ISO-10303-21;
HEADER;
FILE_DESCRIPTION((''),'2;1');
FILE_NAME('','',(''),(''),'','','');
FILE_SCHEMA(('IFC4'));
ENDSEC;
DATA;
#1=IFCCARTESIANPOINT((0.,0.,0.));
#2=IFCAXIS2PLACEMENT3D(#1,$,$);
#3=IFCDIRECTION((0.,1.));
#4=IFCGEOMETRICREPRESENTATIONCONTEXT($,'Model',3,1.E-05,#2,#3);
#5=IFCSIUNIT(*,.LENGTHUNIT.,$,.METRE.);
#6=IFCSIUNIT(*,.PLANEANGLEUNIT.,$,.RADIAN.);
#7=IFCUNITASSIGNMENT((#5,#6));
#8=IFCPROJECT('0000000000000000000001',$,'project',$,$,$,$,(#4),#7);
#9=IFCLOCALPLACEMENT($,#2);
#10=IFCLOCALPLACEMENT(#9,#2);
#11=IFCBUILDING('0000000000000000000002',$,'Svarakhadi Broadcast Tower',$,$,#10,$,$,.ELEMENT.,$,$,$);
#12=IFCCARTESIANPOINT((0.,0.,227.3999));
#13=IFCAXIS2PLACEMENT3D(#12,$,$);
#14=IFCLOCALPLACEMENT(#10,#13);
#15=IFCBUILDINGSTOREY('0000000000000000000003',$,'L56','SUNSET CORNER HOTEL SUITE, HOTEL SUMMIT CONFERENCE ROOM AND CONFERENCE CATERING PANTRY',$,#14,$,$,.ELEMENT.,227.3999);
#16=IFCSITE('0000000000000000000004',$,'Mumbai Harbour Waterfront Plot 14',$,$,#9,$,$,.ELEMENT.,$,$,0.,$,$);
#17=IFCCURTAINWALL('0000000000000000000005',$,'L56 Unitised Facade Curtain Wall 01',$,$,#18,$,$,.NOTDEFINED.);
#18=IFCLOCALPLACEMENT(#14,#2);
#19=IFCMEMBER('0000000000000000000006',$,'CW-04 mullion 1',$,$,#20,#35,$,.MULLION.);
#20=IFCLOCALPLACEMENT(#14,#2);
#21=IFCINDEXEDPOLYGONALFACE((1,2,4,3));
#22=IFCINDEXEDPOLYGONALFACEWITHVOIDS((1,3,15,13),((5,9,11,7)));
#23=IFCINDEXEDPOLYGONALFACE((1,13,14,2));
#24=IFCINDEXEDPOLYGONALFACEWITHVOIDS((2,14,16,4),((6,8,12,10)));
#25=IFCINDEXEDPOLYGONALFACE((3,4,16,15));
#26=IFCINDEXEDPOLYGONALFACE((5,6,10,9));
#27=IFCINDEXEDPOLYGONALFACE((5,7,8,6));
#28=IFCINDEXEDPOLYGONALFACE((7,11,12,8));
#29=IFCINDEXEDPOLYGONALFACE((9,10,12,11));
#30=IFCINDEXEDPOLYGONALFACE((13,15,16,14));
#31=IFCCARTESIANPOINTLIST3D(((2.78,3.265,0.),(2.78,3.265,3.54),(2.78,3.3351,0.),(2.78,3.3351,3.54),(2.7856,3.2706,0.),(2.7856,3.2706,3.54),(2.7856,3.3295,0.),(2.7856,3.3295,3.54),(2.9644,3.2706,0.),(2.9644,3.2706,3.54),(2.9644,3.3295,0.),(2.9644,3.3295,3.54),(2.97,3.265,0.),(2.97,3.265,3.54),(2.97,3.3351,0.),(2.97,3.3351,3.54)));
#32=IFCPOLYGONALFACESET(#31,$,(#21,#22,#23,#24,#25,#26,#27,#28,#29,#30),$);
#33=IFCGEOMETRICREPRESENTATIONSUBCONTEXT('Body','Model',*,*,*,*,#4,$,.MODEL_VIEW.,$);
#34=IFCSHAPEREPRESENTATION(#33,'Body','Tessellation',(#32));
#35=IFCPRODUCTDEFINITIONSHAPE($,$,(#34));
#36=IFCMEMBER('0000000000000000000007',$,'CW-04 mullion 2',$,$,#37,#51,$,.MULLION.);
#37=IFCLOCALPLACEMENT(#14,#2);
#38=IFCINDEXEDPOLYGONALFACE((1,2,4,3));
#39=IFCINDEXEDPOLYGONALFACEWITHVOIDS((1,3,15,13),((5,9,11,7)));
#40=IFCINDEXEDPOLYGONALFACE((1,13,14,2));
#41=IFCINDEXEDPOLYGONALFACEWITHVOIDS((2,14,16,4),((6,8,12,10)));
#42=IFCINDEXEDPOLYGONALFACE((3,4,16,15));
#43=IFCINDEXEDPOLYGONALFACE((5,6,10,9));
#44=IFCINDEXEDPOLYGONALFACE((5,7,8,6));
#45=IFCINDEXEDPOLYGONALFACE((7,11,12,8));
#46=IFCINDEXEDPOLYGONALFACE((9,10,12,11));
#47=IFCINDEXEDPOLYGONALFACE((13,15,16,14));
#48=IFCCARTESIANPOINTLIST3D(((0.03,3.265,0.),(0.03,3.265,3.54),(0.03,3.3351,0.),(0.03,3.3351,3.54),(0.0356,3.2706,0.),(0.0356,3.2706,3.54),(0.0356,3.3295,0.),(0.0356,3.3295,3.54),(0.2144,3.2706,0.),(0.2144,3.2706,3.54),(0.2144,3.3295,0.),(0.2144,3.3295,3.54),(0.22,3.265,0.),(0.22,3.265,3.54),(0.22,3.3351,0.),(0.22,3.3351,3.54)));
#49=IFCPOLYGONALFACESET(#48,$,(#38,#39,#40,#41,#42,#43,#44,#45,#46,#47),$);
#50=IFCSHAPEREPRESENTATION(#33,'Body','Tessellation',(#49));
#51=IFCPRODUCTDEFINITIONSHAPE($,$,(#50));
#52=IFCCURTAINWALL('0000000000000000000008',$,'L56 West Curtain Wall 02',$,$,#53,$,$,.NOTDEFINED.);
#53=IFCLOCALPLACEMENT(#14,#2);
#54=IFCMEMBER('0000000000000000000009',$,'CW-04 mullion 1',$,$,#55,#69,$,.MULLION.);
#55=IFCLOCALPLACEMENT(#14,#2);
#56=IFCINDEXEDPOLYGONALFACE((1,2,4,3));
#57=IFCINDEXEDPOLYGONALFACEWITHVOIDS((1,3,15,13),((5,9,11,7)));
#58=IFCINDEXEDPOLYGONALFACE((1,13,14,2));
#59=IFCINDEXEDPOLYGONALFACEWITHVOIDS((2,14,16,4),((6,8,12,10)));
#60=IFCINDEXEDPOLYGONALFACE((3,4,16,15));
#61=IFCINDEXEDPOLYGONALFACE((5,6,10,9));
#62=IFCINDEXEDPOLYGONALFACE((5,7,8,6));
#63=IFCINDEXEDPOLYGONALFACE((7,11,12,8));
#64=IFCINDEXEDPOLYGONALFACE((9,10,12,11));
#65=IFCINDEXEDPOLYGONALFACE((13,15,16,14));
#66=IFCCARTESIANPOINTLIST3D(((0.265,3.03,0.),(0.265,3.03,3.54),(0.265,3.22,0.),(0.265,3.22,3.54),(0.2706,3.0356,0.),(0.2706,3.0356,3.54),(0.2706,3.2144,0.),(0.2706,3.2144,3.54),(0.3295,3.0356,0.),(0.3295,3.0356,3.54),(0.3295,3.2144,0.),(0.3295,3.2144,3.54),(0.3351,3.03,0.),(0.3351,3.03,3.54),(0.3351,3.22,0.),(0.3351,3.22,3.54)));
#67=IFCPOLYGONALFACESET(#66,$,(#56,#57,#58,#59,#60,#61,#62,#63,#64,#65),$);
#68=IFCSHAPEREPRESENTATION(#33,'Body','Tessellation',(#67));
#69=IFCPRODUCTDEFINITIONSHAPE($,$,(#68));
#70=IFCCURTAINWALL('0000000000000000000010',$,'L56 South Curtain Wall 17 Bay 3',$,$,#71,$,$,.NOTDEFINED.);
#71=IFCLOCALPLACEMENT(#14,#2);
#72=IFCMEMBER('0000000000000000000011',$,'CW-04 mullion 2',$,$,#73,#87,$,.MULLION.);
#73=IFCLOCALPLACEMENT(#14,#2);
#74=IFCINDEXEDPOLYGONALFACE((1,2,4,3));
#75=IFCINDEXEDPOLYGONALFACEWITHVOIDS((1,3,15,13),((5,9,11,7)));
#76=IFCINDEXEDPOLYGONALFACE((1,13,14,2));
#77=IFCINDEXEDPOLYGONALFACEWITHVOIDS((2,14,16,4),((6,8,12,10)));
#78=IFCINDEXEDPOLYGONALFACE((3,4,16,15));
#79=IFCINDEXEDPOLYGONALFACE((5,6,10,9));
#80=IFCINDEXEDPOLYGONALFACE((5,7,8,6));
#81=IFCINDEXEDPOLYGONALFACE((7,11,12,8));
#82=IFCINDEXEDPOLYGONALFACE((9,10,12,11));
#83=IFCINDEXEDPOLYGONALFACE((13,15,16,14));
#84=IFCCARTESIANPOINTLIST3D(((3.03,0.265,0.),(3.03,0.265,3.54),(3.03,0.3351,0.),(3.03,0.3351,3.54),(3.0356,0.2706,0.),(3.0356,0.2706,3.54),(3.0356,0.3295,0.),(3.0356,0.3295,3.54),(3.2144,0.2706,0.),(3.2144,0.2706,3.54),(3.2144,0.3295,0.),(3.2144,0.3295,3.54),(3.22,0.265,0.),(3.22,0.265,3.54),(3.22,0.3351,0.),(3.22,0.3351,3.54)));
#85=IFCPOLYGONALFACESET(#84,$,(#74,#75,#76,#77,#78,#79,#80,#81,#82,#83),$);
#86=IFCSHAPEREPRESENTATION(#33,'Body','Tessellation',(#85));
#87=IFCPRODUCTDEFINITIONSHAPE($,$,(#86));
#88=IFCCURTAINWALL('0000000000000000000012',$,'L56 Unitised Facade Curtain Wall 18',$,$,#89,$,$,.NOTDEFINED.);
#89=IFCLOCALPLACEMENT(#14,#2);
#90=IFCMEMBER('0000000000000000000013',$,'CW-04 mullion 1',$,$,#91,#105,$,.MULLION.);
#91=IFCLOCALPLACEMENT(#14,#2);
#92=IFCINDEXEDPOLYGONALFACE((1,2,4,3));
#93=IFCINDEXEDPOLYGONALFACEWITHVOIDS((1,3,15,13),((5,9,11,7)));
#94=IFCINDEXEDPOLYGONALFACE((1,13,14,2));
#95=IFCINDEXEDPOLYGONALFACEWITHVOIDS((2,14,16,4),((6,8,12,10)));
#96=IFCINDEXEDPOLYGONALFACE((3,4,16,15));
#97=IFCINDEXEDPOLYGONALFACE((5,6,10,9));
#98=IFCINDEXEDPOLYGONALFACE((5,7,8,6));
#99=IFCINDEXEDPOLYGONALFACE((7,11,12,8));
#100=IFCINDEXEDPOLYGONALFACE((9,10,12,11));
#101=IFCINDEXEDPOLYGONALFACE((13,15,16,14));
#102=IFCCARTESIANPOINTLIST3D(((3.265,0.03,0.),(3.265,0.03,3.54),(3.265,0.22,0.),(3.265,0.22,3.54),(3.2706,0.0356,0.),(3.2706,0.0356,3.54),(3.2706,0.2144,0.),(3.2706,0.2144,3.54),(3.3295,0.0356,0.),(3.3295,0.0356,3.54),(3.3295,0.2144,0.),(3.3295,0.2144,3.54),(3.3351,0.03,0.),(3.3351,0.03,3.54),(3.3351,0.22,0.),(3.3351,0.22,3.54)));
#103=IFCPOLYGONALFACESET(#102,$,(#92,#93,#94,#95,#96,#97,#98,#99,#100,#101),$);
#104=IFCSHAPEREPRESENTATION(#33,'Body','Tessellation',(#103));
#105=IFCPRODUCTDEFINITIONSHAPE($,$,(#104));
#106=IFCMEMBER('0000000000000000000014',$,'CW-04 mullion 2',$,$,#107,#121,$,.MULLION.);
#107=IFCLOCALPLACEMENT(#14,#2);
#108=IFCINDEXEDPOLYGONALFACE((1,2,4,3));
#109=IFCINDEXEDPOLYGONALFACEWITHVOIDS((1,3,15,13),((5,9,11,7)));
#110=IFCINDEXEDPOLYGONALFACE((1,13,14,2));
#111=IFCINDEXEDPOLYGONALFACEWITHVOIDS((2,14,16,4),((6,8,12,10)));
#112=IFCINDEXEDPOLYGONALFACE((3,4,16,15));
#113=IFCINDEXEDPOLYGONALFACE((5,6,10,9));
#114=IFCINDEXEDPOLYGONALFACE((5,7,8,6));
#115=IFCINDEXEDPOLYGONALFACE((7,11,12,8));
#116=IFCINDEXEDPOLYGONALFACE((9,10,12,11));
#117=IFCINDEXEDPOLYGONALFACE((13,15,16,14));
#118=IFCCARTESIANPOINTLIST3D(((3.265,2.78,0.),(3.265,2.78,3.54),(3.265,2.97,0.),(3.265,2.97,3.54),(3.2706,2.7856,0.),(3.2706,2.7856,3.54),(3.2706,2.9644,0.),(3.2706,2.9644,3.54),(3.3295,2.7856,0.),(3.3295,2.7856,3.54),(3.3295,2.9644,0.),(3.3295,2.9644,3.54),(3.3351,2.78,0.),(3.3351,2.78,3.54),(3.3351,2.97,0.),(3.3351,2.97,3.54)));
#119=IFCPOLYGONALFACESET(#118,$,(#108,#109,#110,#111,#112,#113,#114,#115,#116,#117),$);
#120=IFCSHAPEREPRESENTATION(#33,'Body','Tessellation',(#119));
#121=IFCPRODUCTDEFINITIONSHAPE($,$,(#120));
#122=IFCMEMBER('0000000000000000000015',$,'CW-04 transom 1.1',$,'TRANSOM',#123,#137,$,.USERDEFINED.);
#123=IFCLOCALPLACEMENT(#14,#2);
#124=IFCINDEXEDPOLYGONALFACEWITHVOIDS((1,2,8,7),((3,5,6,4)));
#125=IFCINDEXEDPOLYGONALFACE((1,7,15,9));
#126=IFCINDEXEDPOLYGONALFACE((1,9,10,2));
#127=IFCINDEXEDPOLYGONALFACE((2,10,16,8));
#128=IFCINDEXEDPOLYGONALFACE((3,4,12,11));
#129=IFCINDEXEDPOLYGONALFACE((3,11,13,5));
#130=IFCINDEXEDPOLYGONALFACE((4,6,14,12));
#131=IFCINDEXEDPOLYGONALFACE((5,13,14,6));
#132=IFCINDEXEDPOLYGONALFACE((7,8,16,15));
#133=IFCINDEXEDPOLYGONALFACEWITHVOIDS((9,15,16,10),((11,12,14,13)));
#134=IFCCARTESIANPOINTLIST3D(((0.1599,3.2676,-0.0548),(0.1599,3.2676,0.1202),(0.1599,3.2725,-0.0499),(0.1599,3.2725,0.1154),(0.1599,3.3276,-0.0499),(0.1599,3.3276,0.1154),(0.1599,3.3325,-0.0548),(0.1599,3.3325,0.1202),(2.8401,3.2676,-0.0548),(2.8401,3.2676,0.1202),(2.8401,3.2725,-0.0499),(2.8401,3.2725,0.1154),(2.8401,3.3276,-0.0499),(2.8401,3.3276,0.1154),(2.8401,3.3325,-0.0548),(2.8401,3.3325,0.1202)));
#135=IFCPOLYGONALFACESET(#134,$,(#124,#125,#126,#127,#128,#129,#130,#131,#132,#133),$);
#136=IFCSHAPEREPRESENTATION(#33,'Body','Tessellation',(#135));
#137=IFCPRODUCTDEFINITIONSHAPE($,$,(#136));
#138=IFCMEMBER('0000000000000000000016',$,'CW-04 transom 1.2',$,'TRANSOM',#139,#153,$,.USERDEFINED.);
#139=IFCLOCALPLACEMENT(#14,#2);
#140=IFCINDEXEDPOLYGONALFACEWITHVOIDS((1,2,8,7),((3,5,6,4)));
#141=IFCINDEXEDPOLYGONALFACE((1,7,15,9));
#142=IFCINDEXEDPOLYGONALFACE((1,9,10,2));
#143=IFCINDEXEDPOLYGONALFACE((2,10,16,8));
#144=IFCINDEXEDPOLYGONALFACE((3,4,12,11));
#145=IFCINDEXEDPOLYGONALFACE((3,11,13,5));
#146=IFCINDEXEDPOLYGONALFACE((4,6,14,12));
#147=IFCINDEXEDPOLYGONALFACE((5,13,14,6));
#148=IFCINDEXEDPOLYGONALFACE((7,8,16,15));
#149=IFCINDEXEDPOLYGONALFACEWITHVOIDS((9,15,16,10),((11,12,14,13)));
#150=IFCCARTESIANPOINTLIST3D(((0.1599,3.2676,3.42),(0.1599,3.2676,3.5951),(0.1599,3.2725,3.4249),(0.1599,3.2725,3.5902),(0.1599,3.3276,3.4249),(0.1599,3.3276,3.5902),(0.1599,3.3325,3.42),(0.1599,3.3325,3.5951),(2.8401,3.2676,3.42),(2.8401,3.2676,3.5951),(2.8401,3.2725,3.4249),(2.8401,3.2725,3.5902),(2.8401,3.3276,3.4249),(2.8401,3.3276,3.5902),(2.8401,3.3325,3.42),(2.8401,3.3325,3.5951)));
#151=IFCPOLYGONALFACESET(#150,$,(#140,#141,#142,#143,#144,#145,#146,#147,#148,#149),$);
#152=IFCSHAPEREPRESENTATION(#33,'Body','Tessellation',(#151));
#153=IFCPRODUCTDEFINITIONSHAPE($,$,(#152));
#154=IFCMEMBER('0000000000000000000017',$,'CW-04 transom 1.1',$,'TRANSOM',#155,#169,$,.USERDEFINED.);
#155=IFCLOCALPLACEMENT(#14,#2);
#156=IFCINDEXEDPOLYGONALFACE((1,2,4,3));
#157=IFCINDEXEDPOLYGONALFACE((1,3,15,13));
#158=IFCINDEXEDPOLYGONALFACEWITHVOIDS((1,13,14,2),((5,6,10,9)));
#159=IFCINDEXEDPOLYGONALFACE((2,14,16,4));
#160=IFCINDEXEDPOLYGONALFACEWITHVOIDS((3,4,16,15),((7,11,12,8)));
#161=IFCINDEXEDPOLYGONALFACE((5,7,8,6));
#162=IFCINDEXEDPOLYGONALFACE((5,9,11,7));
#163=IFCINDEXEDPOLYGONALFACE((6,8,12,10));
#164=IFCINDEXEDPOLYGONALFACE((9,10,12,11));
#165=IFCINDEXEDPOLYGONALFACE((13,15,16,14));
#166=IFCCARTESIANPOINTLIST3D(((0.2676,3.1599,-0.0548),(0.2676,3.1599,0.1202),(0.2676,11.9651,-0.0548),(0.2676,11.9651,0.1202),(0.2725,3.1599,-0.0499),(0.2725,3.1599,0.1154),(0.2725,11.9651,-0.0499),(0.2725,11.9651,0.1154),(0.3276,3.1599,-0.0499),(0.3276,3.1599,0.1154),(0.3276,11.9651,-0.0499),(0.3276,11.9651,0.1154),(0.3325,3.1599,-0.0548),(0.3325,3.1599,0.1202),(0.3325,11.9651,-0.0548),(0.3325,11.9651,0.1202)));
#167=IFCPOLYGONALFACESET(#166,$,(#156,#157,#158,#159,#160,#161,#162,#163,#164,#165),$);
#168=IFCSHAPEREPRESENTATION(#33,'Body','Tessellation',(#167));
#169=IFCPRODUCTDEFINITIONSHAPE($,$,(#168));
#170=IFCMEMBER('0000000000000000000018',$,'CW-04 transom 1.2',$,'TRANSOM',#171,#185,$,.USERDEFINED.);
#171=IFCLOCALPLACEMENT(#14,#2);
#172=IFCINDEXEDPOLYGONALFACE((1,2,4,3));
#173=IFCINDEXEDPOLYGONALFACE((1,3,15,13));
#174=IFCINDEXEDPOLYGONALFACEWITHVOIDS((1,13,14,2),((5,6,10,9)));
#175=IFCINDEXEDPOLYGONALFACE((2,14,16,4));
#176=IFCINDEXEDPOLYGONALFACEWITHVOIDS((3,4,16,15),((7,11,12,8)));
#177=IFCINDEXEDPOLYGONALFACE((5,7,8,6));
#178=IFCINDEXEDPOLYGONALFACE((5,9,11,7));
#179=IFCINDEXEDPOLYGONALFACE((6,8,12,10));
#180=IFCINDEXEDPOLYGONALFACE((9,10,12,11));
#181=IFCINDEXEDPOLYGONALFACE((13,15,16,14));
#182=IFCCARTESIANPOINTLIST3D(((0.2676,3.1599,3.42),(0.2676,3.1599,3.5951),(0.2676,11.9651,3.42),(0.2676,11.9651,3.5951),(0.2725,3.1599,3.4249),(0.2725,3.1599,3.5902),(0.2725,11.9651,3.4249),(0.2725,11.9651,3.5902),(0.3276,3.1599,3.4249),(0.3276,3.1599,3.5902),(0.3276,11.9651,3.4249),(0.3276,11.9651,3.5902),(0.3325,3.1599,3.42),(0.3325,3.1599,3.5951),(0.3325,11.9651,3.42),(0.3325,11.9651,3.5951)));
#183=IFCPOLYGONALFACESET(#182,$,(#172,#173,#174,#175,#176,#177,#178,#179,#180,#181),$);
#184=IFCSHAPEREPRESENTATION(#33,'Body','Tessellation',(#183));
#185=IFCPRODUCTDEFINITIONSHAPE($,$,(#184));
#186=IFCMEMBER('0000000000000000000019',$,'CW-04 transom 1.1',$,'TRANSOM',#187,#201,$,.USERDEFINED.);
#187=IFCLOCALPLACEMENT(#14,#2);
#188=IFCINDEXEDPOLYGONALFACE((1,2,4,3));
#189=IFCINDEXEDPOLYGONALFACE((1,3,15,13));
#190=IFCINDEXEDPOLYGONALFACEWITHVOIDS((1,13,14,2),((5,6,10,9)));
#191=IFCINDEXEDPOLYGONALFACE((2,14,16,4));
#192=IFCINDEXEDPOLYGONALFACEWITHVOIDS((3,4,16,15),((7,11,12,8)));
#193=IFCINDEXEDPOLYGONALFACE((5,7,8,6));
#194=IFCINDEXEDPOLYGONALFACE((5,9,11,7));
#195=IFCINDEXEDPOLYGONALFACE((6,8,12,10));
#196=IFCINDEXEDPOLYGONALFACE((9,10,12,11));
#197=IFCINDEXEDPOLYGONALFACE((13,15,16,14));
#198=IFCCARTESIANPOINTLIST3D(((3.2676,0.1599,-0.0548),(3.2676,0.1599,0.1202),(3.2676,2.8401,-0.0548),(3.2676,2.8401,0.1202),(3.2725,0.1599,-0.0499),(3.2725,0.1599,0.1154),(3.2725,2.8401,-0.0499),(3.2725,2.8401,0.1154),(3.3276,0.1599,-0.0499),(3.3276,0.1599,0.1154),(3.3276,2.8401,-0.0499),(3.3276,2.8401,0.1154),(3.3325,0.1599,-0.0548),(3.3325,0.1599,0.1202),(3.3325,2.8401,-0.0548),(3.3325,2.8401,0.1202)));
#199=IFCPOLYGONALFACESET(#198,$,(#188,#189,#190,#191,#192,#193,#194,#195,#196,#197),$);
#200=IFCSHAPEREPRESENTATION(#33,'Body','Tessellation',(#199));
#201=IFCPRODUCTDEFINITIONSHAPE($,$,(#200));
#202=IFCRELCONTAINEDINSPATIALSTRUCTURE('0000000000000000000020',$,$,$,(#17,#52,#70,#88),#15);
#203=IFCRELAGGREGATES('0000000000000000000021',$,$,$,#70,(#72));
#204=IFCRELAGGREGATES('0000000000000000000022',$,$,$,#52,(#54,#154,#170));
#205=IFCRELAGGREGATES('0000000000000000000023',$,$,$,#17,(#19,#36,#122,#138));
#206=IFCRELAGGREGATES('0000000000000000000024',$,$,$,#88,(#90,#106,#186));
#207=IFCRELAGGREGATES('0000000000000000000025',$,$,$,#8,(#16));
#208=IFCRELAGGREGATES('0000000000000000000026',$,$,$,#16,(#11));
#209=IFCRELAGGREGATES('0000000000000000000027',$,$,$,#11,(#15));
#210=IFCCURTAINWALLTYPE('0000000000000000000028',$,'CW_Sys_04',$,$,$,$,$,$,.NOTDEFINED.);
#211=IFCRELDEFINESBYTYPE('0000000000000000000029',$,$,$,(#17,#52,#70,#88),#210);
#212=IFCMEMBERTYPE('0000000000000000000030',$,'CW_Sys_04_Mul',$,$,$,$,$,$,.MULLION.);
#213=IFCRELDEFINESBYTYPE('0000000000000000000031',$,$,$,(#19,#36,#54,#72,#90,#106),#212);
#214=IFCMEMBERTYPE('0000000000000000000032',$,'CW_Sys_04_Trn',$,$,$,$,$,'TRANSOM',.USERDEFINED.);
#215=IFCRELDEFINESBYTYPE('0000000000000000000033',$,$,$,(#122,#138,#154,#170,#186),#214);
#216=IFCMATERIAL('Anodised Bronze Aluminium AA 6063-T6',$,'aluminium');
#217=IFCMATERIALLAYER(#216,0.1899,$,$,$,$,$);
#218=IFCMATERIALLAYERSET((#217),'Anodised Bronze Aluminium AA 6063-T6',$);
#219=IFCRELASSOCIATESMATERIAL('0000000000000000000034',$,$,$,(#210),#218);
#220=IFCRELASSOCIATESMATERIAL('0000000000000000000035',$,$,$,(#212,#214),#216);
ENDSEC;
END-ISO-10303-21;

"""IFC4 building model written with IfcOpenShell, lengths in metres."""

from ifc_helpers import new_model, si_unit, direction, frame, origin, origin_2d, place, context, subcontext, project, spatial, hollow_rectangle, extrude, material, layer, layer_set, material_profile, profile_set, type_object, element, aggregate, save


model = new_model("IFC4")

# Units and contexts
model_context = context("Model", 3, precision=1e-05, world=origin(), true_north=direction((0.0, 1.0)))
body_context = subcontext(model_context, "Body", "Model", "MODEL_VIEW")
ifc_project = project(units=[si_unit("LENGTHUNIT", "METRE"), si_unit("PLANEANGLEUNIT", "RADIAN")], contexts=[model_context])

# Site, building, storey
site_placement = place(None, origin())
site = spatial("IfcSite", under=ifc_project, at=site_placement, Name="Mumbai Harbour Waterfront Plot 14", CompositionType="ELEMENT", RefElevation=0.0)
building_placement = place(site_placement, origin())
building = spatial("IfcBuilding", under=site, at=building_placement, Name="Svarakhadi Broadcast Tower", CompositionType="ELEMENT")
storey_placement = place(building_placement, frame((0.0, 0.0, 227.3999)))
storey = spatial("IfcBuildingStorey", under=building, at=storey_placement, Name="L56", Description="SUNSET CORNER HOTEL SUITE, HOTEL SUMMIT CONFERENCE ROOM AND CONFERENCE CATERING PANTRY", CompositionType="ELEMENT", Elevation=227.3999)

# Curtain wall, members
ifc_material_1 = material(Name="Anodised Bronze Aluminium AA 6063-T6", Category="aluminium")
ifc_layer_1 = layer(ifc_material_1, 0.1899)
ifc_layer_set_1 = layer_set([ifc_layer_1], Name="Anodised Bronze Aluminium AA 6063-T6")
curtain_wall_type = type_object("IfcCurtainWallType", Name="CW_Sys_04", PredefinedType="NOTDEFINED", material=ifc_layer_set_1)
curtain_wall_1_placement = place(storey_placement, origin())
curtain_wall_1 = element("IfcCurtainWall", 1, at=curtain_wall_1_placement, inside=storey, type_object=curtain_wall_type, Name="L56 Unitised Facade Curtain Wall 01", PredefinedType="NOTDEFINED")
ifc_material_profile_1 = material_profile(ifc_material_1, hollow_rectangle(XDim=0.0701, YDim=0.1899, WallThickness=0.0056, at=origin_2d()), Name="ALU MULLION 190x70x6")
ifc_profile_set_1 = profile_set([ifc_material_profile_1], Name="Anodised Bronze Aluminium AA 6063-T6")
member_type_1 = type_object("IfcMemberType", Name="CW_Sys_04_Mul", PredefinedType="MULLION", material=ifc_profile_set_1)
member_1_placement = place(storey_placement, frame((2.875, 3.3, 0.0), z_axis=(0.0, 0.0, 1.0), x_axis=(0.0, -1.0, 0.0)))
member_1 = element("IfcMember", 2, at=member_1_placement, type_object=member_type_1, Name="CW-04 mullion 1", PredefinedType="MULLION", context=body_context, shape_type="SweptSolid", body=[
    extrude(hollow_rectangle(XDim=0.0701, YDim=0.1899, WallThickness=0.0056, at=origin_2d()), origin(), (0.0, 0.0, 1.0), 3.54),
])
member_2_placement = place(storey_placement, frame((0.125, 3.3, 0.0), z_axis=(0.0, 0.0, 1.0), x_axis=(0.0, -1.0, 0.0)))
member_2 = element("IfcMember", 3, at=member_2_placement, type_object=member_type_1, Name="CW-04 mullion 2", PredefinedType="MULLION", context=body_context, shape_type="SweptSolid", body=[
    extrude(hollow_rectangle(XDim=0.0701, YDim=0.1899, WallThickness=0.0056, at=origin_2d()), origin(), (0.0, 0.0, 1.0), 3.54),
])

# Curtain walls, members
curtain_wall_2_placement = place(storey_placement, origin())
curtain_wall_2 = element("IfcCurtainWall", 4, at=curtain_wall_2_placement, inside=storey, type_object=curtain_wall_type, Name="L56 West Curtain Wall 02", PredefinedType="NOTDEFINED")
member_3_placement = place(storey_placement, frame((0.3, 3.125, 0.0), z_axis=(0.0, 0.0, 1.0), x_axis=(-1.0, 0.0, 0.0)))
member_3 = element("IfcMember", 5, at=member_3_placement, type_object=member_type_1, Name="CW-04 mullion 1", PredefinedType="MULLION", context=body_context, shape_type="SweptSolid", body=[
    extrude(hollow_rectangle(XDim=0.0701, YDim=0.1899, WallThickness=0.0056, at=origin_2d()), origin(), (0.0, 0.0, 1.0), 3.54),
])
curtain_wall_3_placement = place(storey_placement, origin())
curtain_wall_3 = element("IfcCurtainWall", 6, at=curtain_wall_3_placement, inside=storey, type_object=curtain_wall_type, Name="L56 South Curtain Wall 17 Bay 3", PredefinedType="NOTDEFINED")
member_4_placement = place(storey_placement, frame((3.125, 0.3, 0.0), z_axis=(0.0, 0.0, 1.0), x_axis=(0.0, -1.0, 0.0)))
member_4 = element("IfcMember", 7, at=member_4_placement, type_object=member_type_1, Name="CW-04 mullion 2", PredefinedType="MULLION", context=body_context, shape_type="SweptSolid", body=[
    extrude(hollow_rectangle(XDim=0.0701, YDim=0.1899, WallThickness=0.0056, at=origin_2d()), origin(), (0.0, 0.0, 1.0), 3.54),
])
aggregate(curtain_wall_3, [member_4])

# Curtain wall, members
curtain_wall_4_placement = place(storey_placement, origin())
curtain_wall_4 = element("IfcCurtainWall", 8, at=curtain_wall_4_placement, inside=storey, type_object=curtain_wall_type, Name="L56 Unitised Facade Curtain Wall 18", PredefinedType="NOTDEFINED")
member_5_placement = place(storey_placement, frame((3.3, 0.125, 0.0), z_axis=(0.0, 0.0, 1.0), x_axis=(-1.0, 0.0, 0.0)))
member_5 = element("IfcMember", 9, at=member_5_placement, type_object=member_type_1, Name="CW-04 mullion 1", PredefinedType="MULLION", context=body_context, shape_type="SweptSolid", body=[
    extrude(hollow_rectangle(XDim=0.0701, YDim=0.1899, WallThickness=0.0056, at=origin_2d()), origin(), (0.0, 0.0, 1.0), 3.54),
])
member_6_placement = place(storey_placement, frame((3.3, 2.875, 0.0), z_axis=(0.0, 0.0, 1.0), x_axis=(-1.0, 0.0, 0.0)))
member_6 = element("IfcMember", 10, at=member_6_placement, type_object=member_type_1, Name="CW-04 mullion 2", PredefinedType="MULLION", context=body_context, shape_type="SweptSolid", body=[
    extrude(hollow_rectangle(XDim=0.0701, YDim=0.1899, WallThickness=0.0056, at=origin_2d()), origin(), (0.0, 0.0, 1.0), 3.54),
])

# Members
ifc_material_profile_2 = material_profile(ifc_material_1, hollow_rectangle(XDim=0.0649, YDim=0.175, WallThickness=0.0049, at=origin_2d()), Name="ALU TRANSOM 175x65x5")
ifc_profile_set_2 = profile_set([ifc_material_profile_2], Name="Anodised Bronze Aluminium AA 6063-T6")
member_type_2 = type_object("IfcMemberType", Name="CW_Sys_04_Trn", ElementType="TRANSOM", PredefinedType="USERDEFINED", material=ifc_profile_set_2)
member_7_placement = place(storey_placement, frame((2.8401, 3.3, 0.0327), z_axis=(-1.0, 0.0, 0.0), x_axis=(0.0, -1.0, 0.0)))
member_7 = element("IfcMember", 11, at=member_7_placement, type_object=member_type_2, Name="CW-04 transom 1.1", ObjectType="TRANSOM", PredefinedType="USERDEFINED", context=body_context, shape_type="SweptSolid", body=[
    extrude(hollow_rectangle(XDim=0.0649, YDim=0.175, WallThickness=0.0049, at=origin_2d()), origin(), (0.0, 0.0, 1.0), 2.6802),
])
member_8_placement = place(storey_placement, frame((2.8401, 3.3, 3.5076), z_axis=(-1.0, 0.0, 0.0), x_axis=(0.0, -1.0, 0.0)))
member_8 = element("IfcMember", 12, at=member_8_placement, type_object=member_type_2, Name="CW-04 transom 1.2", ObjectType="TRANSOM", PredefinedType="USERDEFINED", context=body_context, shape_type="SweptSolid", body=[
    extrude(hollow_rectangle(XDim=0.0649, YDim=0.175, WallThickness=0.0049, at=origin_2d()), origin(), (0.0, 0.0, 1.0), 2.6802),
])
member_9_placement = place(storey_placement, frame((0.3, 3.1599, 0.0327), z_axis=(0.0, 1.0, 0.0), x_axis=(-1.0, 0.0, 0.0)))
member_9 = element("IfcMember", 13, at=member_9_placement, type_object=member_type_2, Name="CW-04 transom 1.1", ObjectType="TRANSOM", PredefinedType="USERDEFINED", context=body_context, shape_type="SweptSolid", body=[
    extrude(hollow_rectangle(XDim=0.0649, YDim=0.175, WallThickness=0.0049, at=origin_2d()), origin(), (0.0, 0.0, 1.0), 8.8052),
])
member_10_placement = place(storey_placement, frame((0.3, 3.1599, 3.5076), z_axis=(0.0, 1.0, 0.0), x_axis=(-1.0, 0.0, 0.0)))
member_10 = element("IfcMember", 14, at=member_10_placement, type_object=member_type_2, Name="CW-04 transom 1.2", ObjectType="TRANSOM", PredefinedType="USERDEFINED", context=body_context, shape_type="SweptSolid", body=[
    extrude(hollow_rectangle(XDim=0.0649, YDim=0.175, WallThickness=0.0049, at=origin_2d()), origin(), (0.0, 0.0, 1.0), 8.8052),
])
aggregate(curtain_wall_2, [member_3, member_9, member_10])
member_11_placement = place(storey_placement, frame((3.3, 0.1599, 0.0327), z_axis=(0.0, 1.0, 0.0), x_axis=(-1.0, 0.0, 0.0)))
member_11 = element("IfcMember", 15, at=member_11_placement, type_object=member_type_2, Name="CW-04 transom 1.1", ObjectType="TRANSOM", PredefinedType="USERDEFINED", context=body_context, shape_type="SweptSolid", body=[
    extrude(hollow_rectangle(XDim=0.0649, YDim=0.175, WallThickness=0.0049, at=origin_2d()), origin(), (0.0, 0.0, 1.0), 2.6802),
])

aggregate(curtain_wall_1, [member_1, member_2, member_7, member_8])
aggregate(curtain_wall_4, [member_5, member_6, member_11])

save(model, "model.ifc")
